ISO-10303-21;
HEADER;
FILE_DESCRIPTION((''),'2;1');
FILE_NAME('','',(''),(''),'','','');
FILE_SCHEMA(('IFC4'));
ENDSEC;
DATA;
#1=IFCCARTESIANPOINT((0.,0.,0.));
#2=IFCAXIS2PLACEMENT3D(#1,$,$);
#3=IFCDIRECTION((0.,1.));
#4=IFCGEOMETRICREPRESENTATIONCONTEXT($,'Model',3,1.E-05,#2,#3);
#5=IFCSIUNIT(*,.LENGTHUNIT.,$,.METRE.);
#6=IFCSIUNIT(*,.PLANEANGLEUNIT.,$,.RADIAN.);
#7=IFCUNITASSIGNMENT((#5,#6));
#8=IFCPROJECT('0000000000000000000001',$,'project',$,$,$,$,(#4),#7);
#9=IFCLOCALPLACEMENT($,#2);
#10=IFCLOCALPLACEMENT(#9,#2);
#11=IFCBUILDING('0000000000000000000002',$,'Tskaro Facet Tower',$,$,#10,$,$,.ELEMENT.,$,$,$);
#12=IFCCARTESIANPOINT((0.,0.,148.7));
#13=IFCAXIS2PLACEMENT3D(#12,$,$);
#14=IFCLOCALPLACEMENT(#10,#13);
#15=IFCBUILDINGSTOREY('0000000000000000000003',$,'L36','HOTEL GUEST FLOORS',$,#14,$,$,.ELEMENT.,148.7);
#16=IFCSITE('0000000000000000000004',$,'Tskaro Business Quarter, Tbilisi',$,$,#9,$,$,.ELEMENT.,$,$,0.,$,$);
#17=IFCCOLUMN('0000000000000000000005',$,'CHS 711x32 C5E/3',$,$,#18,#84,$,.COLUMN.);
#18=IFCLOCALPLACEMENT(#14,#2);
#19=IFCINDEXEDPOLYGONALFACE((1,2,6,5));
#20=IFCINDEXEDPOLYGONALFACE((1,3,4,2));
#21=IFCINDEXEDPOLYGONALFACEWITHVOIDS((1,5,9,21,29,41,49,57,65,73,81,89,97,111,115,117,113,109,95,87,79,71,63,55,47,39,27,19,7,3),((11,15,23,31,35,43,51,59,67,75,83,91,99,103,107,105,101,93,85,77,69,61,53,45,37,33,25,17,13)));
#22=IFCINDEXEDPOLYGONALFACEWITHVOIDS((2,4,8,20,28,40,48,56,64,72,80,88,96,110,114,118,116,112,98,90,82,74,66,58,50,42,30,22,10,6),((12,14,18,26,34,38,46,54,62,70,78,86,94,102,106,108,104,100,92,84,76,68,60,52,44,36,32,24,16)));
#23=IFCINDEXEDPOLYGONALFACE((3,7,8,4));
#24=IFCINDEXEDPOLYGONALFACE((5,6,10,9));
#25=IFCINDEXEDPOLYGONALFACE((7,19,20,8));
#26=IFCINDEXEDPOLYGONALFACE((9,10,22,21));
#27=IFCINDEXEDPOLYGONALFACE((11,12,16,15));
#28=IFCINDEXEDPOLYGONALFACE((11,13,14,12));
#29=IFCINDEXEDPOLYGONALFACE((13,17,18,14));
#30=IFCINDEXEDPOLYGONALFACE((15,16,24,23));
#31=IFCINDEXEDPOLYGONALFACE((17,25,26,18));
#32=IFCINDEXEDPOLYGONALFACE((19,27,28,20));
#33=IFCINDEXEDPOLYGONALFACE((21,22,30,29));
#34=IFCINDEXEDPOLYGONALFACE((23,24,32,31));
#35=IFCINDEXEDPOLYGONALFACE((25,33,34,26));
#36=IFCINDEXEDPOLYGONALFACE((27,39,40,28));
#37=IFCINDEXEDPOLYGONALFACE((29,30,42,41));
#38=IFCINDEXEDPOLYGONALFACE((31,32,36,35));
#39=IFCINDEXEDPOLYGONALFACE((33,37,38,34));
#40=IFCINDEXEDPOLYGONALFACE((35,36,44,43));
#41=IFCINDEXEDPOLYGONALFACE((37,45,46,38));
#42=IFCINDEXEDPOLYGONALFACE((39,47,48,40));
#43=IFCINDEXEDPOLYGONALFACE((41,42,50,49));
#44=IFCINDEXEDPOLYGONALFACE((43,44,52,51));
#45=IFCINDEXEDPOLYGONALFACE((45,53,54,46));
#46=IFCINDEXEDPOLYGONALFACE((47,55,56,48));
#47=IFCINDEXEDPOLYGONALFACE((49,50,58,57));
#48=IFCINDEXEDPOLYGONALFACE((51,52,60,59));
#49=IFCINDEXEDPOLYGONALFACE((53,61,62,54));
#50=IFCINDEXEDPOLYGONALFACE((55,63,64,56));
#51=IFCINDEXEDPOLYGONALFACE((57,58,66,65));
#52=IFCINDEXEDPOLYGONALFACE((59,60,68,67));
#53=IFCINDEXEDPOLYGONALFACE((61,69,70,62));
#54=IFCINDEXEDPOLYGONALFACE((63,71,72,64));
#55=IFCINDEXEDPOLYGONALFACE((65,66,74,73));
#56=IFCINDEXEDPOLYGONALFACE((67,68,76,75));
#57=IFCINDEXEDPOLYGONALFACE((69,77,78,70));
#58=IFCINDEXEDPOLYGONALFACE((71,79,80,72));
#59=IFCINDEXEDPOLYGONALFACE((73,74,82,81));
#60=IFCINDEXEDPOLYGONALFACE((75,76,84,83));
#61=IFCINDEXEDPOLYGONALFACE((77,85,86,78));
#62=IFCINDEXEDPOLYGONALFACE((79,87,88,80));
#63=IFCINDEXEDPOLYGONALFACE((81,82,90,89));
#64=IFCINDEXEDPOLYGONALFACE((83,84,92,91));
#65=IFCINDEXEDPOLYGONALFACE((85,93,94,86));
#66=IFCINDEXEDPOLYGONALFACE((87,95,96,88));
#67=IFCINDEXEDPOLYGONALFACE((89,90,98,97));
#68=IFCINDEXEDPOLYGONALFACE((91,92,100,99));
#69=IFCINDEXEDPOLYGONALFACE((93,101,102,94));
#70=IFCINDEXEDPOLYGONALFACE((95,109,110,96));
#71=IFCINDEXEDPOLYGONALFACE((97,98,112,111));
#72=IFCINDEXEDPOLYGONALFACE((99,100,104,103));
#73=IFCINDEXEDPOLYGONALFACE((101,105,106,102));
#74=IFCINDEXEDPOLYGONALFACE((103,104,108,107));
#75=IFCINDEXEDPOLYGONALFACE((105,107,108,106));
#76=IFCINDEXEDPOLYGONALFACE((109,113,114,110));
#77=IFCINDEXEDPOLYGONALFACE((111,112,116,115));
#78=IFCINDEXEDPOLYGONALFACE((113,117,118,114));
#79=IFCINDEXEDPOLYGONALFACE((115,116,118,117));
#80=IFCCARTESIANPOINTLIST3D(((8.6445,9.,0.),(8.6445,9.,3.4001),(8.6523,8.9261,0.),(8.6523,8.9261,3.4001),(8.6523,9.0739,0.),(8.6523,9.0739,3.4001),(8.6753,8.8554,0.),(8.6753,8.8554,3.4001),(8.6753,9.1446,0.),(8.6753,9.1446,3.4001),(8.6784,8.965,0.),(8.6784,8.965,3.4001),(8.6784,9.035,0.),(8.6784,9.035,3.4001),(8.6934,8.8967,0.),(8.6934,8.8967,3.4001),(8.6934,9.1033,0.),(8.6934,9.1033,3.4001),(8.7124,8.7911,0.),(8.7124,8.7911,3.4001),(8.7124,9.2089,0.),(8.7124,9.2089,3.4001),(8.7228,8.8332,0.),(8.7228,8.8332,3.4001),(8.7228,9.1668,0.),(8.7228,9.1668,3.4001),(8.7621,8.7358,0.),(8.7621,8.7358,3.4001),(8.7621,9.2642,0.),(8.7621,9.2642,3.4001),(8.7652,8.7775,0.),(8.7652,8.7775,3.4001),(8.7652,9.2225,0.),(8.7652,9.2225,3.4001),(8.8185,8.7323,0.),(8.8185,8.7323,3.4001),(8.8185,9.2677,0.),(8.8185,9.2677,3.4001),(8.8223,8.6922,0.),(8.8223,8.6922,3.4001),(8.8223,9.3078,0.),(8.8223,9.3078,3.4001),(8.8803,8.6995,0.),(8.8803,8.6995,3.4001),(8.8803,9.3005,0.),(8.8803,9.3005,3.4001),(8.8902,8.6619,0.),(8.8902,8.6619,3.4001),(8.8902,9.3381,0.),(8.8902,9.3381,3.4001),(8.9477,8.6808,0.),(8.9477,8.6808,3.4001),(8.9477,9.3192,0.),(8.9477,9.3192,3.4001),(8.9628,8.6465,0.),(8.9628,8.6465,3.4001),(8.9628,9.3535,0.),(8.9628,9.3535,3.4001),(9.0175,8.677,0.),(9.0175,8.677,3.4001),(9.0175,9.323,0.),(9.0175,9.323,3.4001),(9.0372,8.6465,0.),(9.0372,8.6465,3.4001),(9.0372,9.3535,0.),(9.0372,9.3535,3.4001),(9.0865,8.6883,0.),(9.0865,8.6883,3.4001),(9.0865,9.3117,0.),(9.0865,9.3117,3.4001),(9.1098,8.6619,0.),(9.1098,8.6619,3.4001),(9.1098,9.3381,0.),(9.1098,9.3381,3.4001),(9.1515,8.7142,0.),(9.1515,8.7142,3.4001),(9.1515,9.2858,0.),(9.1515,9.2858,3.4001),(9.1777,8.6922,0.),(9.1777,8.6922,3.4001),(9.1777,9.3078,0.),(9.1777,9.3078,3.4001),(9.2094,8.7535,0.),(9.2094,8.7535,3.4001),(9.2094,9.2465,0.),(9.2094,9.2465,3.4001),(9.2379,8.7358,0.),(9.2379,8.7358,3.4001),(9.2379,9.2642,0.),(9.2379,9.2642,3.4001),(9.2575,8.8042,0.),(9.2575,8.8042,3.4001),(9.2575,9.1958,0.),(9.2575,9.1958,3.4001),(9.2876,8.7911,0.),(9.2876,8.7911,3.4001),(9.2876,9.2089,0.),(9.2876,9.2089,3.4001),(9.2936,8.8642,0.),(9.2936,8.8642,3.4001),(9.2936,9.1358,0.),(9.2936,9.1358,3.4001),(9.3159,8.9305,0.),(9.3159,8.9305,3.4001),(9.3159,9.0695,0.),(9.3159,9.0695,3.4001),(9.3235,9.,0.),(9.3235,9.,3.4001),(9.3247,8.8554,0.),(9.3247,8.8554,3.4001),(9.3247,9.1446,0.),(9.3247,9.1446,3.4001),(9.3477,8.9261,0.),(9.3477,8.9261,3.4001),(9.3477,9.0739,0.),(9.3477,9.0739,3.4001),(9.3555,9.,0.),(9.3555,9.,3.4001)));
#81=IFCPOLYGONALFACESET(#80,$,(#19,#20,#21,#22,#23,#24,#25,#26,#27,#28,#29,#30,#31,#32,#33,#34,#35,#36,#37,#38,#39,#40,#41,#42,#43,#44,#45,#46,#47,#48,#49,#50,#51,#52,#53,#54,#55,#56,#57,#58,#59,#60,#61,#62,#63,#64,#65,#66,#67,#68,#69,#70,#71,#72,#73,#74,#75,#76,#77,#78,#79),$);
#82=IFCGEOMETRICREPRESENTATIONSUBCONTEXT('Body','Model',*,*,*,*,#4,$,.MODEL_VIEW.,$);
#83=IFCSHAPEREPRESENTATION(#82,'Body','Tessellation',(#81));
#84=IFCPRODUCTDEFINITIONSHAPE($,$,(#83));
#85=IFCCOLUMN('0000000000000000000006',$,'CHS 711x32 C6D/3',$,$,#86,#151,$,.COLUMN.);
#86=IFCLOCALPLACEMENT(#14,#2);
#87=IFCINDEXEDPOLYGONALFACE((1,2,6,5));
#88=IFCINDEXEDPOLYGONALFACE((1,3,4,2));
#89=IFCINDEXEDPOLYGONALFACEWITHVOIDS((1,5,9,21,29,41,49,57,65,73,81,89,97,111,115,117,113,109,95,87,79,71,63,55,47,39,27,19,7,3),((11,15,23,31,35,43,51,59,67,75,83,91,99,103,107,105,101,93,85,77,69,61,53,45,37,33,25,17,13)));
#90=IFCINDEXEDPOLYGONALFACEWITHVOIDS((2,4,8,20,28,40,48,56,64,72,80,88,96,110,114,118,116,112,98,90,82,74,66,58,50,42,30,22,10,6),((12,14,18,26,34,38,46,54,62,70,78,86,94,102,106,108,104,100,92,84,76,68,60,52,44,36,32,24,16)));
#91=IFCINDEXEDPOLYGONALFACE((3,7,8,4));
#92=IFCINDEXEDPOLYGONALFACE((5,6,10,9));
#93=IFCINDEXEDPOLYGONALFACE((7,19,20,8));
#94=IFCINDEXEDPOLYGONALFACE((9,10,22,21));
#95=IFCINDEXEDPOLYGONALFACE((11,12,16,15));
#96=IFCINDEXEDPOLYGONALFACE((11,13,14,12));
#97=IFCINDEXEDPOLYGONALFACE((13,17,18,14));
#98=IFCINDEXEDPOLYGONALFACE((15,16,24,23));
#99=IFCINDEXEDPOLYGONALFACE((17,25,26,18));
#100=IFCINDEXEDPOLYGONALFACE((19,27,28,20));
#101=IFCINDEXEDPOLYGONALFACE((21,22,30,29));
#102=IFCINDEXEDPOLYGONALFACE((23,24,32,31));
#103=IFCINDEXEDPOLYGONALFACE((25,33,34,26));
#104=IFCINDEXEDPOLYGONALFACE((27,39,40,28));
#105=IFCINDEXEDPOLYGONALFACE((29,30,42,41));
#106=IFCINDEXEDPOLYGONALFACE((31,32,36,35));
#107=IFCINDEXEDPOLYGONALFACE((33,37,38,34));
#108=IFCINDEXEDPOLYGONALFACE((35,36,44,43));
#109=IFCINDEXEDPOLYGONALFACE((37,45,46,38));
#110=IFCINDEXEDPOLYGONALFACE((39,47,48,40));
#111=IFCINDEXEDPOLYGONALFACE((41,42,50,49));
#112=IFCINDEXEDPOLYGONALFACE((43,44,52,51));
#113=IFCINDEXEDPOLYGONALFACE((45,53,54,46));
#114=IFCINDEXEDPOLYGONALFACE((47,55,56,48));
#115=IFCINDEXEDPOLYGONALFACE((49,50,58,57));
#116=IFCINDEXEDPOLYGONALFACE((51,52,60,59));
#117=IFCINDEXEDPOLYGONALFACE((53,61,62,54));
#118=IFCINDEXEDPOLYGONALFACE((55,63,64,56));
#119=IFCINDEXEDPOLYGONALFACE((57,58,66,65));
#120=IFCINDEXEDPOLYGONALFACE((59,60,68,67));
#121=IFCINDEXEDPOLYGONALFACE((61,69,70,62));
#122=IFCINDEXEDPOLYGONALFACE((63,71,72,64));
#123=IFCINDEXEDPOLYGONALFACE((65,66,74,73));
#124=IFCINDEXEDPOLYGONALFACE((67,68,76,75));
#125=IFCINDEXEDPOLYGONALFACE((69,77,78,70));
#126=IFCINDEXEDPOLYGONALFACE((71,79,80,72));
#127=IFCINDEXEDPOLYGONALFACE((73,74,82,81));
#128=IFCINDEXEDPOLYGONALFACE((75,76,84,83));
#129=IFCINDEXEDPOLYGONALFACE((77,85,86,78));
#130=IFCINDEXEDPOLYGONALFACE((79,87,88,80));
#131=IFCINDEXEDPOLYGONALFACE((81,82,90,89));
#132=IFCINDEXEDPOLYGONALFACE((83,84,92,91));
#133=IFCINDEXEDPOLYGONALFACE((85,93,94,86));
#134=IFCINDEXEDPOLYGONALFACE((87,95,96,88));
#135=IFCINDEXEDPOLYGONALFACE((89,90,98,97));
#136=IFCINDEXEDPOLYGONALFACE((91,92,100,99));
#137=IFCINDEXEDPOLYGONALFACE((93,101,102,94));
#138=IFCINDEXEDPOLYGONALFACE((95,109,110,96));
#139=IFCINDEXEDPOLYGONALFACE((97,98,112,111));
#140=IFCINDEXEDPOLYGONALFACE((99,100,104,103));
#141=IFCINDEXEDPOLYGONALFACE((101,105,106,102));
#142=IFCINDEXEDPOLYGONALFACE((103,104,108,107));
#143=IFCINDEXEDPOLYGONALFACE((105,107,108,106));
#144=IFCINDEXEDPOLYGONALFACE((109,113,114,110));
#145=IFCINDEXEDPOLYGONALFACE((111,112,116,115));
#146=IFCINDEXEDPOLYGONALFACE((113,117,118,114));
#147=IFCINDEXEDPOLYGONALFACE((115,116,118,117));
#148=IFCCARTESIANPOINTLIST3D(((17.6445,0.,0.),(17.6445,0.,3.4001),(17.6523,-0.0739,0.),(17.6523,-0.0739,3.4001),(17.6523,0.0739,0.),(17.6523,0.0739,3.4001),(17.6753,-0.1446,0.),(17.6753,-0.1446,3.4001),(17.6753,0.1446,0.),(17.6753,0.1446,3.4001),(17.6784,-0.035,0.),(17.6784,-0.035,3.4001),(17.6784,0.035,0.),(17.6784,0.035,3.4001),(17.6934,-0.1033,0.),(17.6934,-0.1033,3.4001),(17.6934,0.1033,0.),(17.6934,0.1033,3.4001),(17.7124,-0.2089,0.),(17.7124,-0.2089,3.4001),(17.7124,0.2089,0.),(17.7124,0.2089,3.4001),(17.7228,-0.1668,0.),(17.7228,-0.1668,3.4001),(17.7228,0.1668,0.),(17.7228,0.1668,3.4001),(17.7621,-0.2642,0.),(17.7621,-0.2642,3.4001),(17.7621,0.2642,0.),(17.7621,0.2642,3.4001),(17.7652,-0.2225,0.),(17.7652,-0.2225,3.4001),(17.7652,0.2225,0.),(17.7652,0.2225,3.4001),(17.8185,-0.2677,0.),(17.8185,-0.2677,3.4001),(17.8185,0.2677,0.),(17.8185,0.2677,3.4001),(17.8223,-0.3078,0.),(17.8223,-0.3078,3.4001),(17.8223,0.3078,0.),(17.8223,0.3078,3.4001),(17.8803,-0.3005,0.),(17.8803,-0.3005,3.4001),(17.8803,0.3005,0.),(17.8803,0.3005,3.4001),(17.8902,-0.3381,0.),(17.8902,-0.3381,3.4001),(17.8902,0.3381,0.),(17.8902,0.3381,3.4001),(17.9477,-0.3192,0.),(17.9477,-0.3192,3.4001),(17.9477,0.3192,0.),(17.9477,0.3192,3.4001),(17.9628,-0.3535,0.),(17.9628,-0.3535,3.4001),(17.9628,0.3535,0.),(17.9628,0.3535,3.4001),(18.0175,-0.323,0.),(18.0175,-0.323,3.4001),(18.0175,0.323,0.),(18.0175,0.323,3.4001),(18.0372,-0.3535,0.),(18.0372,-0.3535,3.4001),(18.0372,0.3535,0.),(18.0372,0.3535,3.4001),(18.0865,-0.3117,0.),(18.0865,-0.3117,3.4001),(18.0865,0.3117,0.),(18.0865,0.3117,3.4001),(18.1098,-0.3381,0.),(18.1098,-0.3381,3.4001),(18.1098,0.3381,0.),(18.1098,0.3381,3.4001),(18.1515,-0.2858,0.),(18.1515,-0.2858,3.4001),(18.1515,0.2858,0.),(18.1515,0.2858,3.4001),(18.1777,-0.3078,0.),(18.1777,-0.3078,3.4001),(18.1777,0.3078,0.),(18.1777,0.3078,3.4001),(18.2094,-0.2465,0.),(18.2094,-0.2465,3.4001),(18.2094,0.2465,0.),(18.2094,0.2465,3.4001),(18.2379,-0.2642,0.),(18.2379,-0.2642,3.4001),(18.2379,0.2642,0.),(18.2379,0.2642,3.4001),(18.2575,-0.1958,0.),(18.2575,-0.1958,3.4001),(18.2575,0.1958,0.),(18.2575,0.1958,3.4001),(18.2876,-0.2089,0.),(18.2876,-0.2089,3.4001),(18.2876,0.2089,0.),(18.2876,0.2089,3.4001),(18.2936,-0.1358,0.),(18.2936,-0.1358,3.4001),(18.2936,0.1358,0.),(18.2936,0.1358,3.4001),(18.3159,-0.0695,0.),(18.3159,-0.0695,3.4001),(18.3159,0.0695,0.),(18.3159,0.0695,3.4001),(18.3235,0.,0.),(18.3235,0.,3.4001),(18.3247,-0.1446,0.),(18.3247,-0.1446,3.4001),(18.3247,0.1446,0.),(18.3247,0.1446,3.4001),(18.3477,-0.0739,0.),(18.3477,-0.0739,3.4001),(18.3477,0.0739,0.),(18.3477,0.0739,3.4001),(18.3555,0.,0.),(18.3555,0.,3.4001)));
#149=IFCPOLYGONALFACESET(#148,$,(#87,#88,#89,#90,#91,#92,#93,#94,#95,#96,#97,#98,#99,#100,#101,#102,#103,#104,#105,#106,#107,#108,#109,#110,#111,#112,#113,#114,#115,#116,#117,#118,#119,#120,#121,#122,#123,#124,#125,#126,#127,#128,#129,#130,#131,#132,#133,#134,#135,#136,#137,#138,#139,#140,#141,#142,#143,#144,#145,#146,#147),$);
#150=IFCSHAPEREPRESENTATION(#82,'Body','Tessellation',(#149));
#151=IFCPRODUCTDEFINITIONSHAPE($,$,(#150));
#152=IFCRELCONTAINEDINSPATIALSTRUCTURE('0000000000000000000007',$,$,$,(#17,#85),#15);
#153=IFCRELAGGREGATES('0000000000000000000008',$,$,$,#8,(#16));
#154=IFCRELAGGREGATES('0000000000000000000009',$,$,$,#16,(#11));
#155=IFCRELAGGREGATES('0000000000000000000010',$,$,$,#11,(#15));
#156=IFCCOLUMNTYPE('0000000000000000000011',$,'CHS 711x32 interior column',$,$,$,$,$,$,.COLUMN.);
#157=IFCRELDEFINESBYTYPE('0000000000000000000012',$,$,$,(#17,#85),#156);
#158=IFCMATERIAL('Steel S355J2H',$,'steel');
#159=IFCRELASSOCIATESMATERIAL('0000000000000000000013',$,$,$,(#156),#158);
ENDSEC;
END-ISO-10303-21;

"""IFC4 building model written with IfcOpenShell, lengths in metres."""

from ifc_helpers import new_model, si_unit, direction, frame, origin, origin_2d, place, context, subcontext, project, spatial, hollow_circle, extrude, material, material_profile, profile_set, type_object, element, save


model = new_model("IFC4")

# Units and contexts
model_context = context("Model", 3, precision=1e-05, world=origin(), true_north=direction((0.0, 1.0)))
body_context = subcontext(model_context, "Body", "Model", "MODEL_VIEW")
ifc_project = project(units=[si_unit("LENGTHUNIT", "METRE"), si_unit("PLANEANGLEUNIT", "RADIAN")], contexts=[model_context])

# Site, building, storey
site_placement = place(None, origin())
site = spatial("IfcSite", under=ifc_project, at=site_placement, Name="Tskaro Business Quarter, Tbilisi", CompositionType="ELEMENT", RefElevation=0.0)
building_placement = place(site_placement, origin())
building = spatial("IfcBuilding", under=site, at=building_placement, Name="Tskaro Facet Tower", CompositionType="ELEMENT")
storey_placement = place(building_placement, frame((0.0, 0.0, 148.7)))
storey = spatial("IfcBuildingStorey", under=building, at=storey_placement, Name="L36", Description="HOTEL GUEST FLOORS", CompositionType="ELEMENT", Elevation=148.7)

# Columns
ifc_material_1 = material(Name="Steel S355J2H", Category="steel")
ifc_material_profile_1 = material_profile(ifc_material_1, hollow_circle(Radius=0.3555, WallThickness=0.032, at=origin_2d()), Name="CHS 711x32")
ifc_profile_set_1 = profile_set([ifc_material_profile_1], Name="Steel S355J2H")
column_type = type_object("IfcColumnType", Name="CHS 711x32 interior column", PredefinedType="COLUMN", material=ifc_profile_set_1)
for number, where, z_axis, x_axis, name in (
    (1, (9.0, 9.0, 0.0), (0.0, 0.0, 1.0), (1.0, 0.0, 0.0), "CHS 711x32 C5E/3"),
    (2, (18.0, 0.0, 0.0), (0.0, 0.0, 1.0), (1.0, 0.0, 0.0), "CHS 711x32 C6D/3"),
):
    element("IfcColumn", number, at=place(storey_placement, frame(where, z_axis=z_axis, x_axis=x_axis)), inside=storey, type_object=column_type, Name=name, PredefinedType="COLUMN", context=body_context, shape_type="SweptSolid", body=[
        extrude(hollow_circle(Radius=0.3555, WallThickness=0.032, at=origin_2d()), origin(), (0.0, 0.0, 1.0), 3.4001),
    ])

save(model, "model.ifc")
